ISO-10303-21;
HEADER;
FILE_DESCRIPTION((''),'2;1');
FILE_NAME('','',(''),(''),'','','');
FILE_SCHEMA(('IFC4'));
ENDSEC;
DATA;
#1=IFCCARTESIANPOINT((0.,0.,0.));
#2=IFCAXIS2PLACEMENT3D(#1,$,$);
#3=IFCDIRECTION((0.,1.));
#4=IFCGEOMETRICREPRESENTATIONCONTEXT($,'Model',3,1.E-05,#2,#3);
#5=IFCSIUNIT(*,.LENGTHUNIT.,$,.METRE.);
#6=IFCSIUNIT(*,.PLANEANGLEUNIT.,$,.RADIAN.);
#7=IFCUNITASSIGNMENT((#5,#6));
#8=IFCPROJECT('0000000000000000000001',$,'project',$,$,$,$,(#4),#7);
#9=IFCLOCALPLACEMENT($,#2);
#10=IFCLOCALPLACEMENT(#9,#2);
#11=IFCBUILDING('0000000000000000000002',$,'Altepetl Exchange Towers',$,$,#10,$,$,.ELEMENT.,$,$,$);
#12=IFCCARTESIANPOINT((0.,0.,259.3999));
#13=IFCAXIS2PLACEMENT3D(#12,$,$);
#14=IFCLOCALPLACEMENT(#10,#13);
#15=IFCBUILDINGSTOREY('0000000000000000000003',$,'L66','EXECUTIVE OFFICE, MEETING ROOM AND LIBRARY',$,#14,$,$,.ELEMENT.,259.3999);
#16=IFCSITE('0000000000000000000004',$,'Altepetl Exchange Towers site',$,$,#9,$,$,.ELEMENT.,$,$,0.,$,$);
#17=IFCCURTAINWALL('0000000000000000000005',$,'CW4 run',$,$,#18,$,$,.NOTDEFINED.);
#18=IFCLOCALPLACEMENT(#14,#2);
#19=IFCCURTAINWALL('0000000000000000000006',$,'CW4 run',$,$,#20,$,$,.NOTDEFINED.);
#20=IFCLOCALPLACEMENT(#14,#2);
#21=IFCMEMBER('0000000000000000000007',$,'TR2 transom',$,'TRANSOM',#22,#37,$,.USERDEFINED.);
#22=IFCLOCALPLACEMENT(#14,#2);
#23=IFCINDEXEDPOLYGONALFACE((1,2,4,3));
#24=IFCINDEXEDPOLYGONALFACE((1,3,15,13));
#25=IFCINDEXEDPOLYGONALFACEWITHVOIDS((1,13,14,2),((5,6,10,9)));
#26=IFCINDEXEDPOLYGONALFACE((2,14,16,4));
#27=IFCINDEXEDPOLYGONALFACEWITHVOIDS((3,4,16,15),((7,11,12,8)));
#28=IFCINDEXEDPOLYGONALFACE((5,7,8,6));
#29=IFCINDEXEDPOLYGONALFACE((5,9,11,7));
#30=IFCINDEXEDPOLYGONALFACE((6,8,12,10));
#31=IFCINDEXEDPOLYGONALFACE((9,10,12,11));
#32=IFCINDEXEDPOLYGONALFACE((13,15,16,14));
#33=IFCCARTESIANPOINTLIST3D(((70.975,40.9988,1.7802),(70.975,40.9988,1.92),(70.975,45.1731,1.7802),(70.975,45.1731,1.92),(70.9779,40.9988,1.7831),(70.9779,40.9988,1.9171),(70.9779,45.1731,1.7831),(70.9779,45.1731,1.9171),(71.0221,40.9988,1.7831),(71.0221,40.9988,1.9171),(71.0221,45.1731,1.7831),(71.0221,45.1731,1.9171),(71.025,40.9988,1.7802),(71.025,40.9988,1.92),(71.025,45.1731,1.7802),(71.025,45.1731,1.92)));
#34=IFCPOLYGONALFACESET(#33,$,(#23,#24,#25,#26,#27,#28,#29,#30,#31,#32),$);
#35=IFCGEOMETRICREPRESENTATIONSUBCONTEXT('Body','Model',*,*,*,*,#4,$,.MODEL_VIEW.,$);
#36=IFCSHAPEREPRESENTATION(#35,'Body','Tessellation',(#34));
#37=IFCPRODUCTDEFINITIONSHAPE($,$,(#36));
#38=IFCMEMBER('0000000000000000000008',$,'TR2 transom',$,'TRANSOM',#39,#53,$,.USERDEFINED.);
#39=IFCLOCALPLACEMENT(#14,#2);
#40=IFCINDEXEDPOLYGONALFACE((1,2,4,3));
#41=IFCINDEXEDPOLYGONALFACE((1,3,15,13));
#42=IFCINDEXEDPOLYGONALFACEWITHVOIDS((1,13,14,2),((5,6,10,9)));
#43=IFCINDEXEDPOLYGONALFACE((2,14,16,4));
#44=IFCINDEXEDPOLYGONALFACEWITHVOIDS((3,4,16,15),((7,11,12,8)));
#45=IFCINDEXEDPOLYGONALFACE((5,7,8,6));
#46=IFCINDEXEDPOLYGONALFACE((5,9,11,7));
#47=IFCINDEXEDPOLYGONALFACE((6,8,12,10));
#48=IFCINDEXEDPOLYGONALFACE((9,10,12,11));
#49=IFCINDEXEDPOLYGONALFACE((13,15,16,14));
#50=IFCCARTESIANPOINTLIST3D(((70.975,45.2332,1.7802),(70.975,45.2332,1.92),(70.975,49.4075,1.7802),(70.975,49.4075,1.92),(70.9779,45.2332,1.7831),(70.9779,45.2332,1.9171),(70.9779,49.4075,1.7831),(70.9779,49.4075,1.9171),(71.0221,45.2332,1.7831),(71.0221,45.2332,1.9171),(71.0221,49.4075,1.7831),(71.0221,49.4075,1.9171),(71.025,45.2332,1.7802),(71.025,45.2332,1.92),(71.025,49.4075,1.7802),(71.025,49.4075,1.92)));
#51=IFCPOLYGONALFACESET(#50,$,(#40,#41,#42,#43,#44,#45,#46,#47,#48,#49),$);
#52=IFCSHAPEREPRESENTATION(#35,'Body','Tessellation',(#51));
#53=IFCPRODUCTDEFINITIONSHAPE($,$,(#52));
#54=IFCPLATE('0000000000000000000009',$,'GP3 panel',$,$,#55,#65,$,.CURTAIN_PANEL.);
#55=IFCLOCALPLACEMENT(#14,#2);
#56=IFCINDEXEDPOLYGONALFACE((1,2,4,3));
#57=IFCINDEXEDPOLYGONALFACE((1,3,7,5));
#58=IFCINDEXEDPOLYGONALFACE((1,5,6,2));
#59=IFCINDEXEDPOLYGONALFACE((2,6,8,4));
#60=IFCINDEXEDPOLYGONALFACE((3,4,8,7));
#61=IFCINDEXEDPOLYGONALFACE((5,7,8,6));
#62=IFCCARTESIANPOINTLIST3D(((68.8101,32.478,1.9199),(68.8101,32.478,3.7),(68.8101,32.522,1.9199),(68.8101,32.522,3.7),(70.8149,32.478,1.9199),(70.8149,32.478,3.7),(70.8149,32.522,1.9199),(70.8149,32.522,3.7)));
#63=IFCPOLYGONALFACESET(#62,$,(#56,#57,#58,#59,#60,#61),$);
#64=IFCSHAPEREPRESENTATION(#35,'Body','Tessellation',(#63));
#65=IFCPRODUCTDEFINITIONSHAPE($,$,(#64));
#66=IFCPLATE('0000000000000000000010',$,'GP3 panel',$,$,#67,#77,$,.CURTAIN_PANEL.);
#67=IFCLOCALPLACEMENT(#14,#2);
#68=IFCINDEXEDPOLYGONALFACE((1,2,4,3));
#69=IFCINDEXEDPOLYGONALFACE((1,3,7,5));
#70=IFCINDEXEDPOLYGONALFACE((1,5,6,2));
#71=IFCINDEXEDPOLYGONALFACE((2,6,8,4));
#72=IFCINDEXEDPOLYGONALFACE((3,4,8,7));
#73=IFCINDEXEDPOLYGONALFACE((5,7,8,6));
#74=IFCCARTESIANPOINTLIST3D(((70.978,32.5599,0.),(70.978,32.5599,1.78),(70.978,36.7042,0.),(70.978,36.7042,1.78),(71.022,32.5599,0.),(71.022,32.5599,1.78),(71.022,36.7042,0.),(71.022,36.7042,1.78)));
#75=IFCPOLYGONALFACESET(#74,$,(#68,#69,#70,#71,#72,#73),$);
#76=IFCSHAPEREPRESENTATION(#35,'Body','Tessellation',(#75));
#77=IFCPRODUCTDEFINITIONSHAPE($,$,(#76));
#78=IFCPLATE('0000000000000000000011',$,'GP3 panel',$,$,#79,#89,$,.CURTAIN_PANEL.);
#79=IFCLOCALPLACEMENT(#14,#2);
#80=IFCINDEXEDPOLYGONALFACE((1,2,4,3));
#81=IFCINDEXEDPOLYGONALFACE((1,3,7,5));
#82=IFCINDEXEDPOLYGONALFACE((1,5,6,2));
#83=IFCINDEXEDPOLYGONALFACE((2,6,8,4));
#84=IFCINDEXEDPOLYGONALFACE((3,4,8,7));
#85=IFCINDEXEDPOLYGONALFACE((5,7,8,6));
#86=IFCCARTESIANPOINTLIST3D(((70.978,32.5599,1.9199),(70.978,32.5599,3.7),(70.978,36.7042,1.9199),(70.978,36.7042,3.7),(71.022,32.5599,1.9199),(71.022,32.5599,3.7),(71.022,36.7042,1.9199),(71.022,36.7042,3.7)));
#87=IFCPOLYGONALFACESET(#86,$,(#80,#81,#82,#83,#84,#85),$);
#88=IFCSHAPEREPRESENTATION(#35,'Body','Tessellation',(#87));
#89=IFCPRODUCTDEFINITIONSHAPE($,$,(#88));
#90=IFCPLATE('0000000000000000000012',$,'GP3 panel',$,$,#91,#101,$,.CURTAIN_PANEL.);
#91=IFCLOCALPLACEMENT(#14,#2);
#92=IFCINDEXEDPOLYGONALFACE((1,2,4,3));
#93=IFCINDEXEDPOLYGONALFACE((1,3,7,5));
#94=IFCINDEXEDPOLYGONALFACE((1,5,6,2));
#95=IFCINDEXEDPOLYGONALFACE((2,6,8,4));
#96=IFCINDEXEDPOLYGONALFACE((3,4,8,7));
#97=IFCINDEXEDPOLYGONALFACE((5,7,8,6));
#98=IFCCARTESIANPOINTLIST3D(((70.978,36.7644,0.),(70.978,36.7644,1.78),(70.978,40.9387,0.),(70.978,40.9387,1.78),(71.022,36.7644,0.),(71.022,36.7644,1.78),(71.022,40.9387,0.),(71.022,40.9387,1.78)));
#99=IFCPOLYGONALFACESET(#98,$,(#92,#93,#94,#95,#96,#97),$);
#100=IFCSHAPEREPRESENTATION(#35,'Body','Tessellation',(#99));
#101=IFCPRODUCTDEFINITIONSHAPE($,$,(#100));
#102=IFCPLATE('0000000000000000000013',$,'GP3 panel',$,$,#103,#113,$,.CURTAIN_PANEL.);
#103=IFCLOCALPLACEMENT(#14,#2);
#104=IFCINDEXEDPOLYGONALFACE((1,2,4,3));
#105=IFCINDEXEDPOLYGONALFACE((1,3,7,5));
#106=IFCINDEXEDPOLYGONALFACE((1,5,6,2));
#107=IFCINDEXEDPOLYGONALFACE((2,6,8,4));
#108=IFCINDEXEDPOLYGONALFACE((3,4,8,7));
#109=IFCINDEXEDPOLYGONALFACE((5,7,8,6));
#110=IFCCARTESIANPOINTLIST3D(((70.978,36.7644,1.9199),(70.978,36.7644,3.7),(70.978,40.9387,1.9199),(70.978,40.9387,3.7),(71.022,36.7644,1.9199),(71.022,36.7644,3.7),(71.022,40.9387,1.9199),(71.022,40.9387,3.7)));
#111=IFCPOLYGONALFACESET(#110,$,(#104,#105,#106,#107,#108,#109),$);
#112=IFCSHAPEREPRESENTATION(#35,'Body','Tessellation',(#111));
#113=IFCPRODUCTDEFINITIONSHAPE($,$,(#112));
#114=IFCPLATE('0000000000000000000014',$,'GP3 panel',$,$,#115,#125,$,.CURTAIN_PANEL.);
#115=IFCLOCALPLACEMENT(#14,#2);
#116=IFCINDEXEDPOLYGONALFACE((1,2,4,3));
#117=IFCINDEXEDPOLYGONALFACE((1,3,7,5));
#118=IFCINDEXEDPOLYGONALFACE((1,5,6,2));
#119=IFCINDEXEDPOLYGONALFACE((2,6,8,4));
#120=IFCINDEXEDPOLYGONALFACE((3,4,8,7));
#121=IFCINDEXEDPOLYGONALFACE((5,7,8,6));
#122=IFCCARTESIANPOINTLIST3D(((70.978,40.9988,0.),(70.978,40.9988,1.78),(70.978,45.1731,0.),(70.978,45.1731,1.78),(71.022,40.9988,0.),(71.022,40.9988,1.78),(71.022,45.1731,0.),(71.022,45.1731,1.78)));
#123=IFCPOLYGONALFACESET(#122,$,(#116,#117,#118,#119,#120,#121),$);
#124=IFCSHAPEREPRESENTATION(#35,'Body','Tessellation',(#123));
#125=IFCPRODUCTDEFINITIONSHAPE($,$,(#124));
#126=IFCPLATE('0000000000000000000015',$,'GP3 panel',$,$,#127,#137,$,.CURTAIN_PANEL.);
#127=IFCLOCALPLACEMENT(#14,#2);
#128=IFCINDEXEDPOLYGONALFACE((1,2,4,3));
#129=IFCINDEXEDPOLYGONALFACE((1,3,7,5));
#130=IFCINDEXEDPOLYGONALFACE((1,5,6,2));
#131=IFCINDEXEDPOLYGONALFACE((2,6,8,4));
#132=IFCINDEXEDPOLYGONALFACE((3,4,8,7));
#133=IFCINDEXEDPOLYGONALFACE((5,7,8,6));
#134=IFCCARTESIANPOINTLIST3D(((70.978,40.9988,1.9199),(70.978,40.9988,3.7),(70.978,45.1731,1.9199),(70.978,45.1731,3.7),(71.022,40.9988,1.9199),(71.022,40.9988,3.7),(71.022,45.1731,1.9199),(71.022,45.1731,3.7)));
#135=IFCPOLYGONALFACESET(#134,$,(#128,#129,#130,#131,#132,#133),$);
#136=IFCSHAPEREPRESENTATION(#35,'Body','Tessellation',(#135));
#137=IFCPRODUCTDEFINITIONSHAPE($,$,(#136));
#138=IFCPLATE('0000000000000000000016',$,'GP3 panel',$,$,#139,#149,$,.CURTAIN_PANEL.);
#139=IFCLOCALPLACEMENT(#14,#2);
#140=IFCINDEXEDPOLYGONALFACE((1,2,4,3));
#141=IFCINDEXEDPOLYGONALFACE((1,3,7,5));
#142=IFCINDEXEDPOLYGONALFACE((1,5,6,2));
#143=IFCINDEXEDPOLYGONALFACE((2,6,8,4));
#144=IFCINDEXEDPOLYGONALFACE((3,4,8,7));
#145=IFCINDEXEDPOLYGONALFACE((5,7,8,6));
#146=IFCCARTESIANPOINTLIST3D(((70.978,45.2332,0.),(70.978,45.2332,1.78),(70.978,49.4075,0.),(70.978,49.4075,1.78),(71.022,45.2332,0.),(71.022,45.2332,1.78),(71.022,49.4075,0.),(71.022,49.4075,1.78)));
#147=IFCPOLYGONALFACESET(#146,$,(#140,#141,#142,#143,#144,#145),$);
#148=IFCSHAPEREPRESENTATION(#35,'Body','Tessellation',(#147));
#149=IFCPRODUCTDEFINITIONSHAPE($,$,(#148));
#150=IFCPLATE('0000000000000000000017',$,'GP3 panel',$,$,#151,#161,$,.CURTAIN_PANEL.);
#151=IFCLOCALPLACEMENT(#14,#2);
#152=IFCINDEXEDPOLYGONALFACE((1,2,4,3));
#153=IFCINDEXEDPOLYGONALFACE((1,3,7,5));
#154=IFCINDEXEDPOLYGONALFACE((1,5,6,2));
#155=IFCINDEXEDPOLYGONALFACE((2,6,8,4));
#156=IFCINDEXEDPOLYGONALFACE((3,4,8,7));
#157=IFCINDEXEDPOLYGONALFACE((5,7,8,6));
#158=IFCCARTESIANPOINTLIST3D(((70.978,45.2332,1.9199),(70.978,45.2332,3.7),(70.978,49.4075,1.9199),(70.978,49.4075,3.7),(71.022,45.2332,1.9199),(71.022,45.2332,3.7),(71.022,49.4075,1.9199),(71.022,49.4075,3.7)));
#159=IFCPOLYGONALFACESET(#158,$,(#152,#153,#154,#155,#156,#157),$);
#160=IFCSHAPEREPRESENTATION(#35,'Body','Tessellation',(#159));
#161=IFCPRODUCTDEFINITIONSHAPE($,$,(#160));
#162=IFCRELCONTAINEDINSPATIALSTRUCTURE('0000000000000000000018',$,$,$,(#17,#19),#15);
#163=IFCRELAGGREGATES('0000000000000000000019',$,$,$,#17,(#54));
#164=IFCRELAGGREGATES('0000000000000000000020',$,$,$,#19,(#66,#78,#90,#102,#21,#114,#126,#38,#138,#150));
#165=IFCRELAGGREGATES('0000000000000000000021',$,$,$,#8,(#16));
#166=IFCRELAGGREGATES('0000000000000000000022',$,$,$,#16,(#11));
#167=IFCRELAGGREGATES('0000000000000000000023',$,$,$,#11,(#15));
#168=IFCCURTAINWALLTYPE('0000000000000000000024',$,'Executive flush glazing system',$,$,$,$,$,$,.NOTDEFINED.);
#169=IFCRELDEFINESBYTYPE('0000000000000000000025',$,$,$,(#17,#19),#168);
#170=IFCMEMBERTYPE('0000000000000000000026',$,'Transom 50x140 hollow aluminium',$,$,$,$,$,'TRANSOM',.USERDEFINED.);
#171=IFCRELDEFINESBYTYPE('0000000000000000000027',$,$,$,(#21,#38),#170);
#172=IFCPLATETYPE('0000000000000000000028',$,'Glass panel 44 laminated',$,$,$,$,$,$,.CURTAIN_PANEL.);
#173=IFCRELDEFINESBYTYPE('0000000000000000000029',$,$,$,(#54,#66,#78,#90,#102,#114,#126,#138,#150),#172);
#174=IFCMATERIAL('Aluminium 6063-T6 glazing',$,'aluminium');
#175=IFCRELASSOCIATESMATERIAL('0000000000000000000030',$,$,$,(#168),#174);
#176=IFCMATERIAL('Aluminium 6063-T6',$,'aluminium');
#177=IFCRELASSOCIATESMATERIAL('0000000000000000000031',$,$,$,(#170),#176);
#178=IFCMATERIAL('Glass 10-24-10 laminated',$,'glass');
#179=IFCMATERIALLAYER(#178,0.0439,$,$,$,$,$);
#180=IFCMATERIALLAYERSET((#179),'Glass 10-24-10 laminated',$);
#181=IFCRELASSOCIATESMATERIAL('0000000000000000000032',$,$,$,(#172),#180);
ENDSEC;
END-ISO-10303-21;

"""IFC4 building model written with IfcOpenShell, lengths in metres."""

from ifc_helpers import new_model, si_unit, direction, frame, origin, origin_2d, place, context, subcontext, project, spatial, rectangle, hollow_rectangle, extrude, material, layer, layer_set, material_profile, profile_set, type_object, element, aggregate, save


model = new_model("IFC4")

# Units and contexts
model_context = context("Model", 3, precision=1e-05, world=origin(), true_north=direction((0.0, 1.0)))
body_context = subcontext(model_context, "Body", "Model", "MODEL_VIEW")
ifc_project = project(units=[si_unit("LENGTHUNIT", "METRE"), si_unit("PLANEANGLEUNIT", "RADIAN")], contexts=[model_context])

# Site, building, storey
site_placement = place(None, origin())
site = spatial("IfcSite", under=ifc_project, at=site_placement, Name="Altepetl Exchange Towers site", CompositionType="ELEMENT", RefElevation=0.0)
building_placement = place(site_placement, origin())
building = spatial("IfcBuilding", under=site, at=building_placement, Name="Altepetl Exchange Towers", CompositionType="ELEMENT")
storey_placement = place(building_placement, frame((0.0, 0.0, 259.3999)))
storey = spatial("IfcBuildingStorey", under=building, at=storey_placement, Name="L66", Description="EXECUTIVE OFFICE, MEETING ROOM AND LIBRARY", CompositionType="ELEMENT", Elevation=259.3999)

# Curtain wall
ifc_material_1 = material(Name="Aluminium 6063-T6 glazing", Category="aluminium")
curtain_wall_type = type_object("IfcCurtainWallType", Name="Executive flush glazing system", PredefinedType="NOTDEFINED", material=ifc_material_1)
curtain_wall_1_placement = place(storey_placement, origin())
curtain_wall_1 = element("IfcCurtainWall", 1, at=curtain_wall_1_placement, inside=storey, type_object=curtain_wall_type, Name="CW4 run", PredefinedType="NOTDEFINED")
ifc_material_2 = material(Name="Aluminium 6063-T6", Category="aluminium")

# Curtain wall
curtain_wall_2_placement = place(storey_placement, origin())
curtain_wall_2 = element("IfcCurtainWall", 2, at=curtain_wall_2_placement, inside=storey, type_object=curtain_wall_type, Name="CW4 run", PredefinedType="NOTDEFINED")

# Members
ifc_material_profile_1 = material_profile(ifc_material_2, hollow_rectangle(XDim=0.05, YDim=0.1399, WallThickness=0.0029, at=origin_2d()), Name="Transom 50x140 hollow aluminium")
ifc_profile_set_1 = profile_set([ifc_material_profile_1], Name="Aluminium 6063-T6")
member_type_1 = type_object("IfcMemberType", Name="Transom 50x140 hollow aluminium", ElementType="TRANSOM", PredefinedType="USERDEFINED", material=ifc_profile_set_1)
member_1_placement = place(storey_placement, frame((71.0, 40.9988, 1.8501), z_axis=(0.0, 1.0, 0.0), x_axis=(-1.0, 0.0, 0.0)))
member_1 = element("IfcMember", 3, at=member_1_placement, type_object=member_type_1, Name="TR2 transom", ObjectType="TRANSOM", PredefinedType="USERDEFINED", context=body_context, shape_type="SweptSolid", body=[
    extrude(hollow_rectangle(XDim=0.05, YDim=0.1399, WallThickness=0.0029, at=origin_2d()), origin(), (0.0, 0.0, 1.0), 4.1743),
])
member_2_placement = place(storey_placement, frame((71.0, 45.2332, 1.8501), z_axis=(0.0, 1.0, 0.0), x_axis=(-1.0, 0.0, 0.0)))
member_2 = element("IfcMember", 4, at=member_2_placement, type_object=member_type_1, Name="TR2 transom", ObjectType="TRANSOM", PredefinedType="USERDEFINED", context=body_context, shape_type="SweptSolid", body=[
    extrude(hollow_rectangle(XDim=0.05, YDim=0.1399, WallThickness=0.0029, at=origin_2d()), origin(), (0.0, 0.0, 1.0), 4.1743),
])

# Plates
ifc_material_3 = material(Name="Glass 10-24-10 laminated", Category="glass")
ifc_layer = layer(ifc_material_3, 0.0439)
ifc_layer_set = layer_set([ifc_layer], Name="Glass 10-24-10 laminated")
plate_type = type_object("IfcPlateType", Name="Glass panel 44 laminated", PredefinedType="CURTAIN_PANEL", material=ifc_layer_set)
plate_1_placement = place(storey_placement, frame((69.8125, 32.5, 1.9199)))
plate_1 = element("IfcPlate", 5, at=plate_1_placement, type_object=plate_type, Name="GP3 panel", PredefinedType="CURTAIN_PANEL", context=body_context, shape_type="SweptSolid", body=[
    extrude(rectangle(XDim=2.0049, YDim=0.0439, at=origin_2d()), origin(), (0.0, 0.0, 1.0), 1.78),
])
aggregate(curtain_wall_1, [plate_1])
plate_2_placement = place(storey_placement, frame((71.0, 34.6321, 0.0), z_axis=(0.0, 0.0, 1.0), x_axis=(0.0, 1.0, 0.0)))
plate_2 = element("IfcPlate", 6, at=plate_2_placement, type_object=plate_type, Name="GP3 panel", PredefinedType="CURTAIN_PANEL", context=body_context, shape_type="SweptSolid", body=[
    extrude(rectangle(XDim=4.1443, YDim=0.0439, at=origin_2d()), origin(), (0.0, 0.0, 1.0), 1.78),
])
plate_3_placement = place(storey_placement, frame((71.0, 34.6321, 1.9199), z_axis=(0.0, 0.0, 1.0), x_axis=(0.0, 1.0, 0.0)))
plate_3 = element("IfcPlate", 7, at=plate_3_placement, type_object=plate_type, Name="GP3 panel", PredefinedType="CURTAIN_PANEL", context=body_context, shape_type="SweptSolid", body=[
    extrude(rectangle(XDim=4.1443, YDim=0.0439, at=origin_2d()), origin(), (0.0, 0.0, 1.0), 1.78),
])
plate_4_placement = place(storey_placement, frame((71.0, 38.8516, 0.0), z_axis=(0.0, 0.0, 1.0), x_axis=(0.0, 1.0, 0.0)))
plate_4 = element("IfcPlate", 8, at=plate_4_placement, type_object=plate_type, Name="GP3 panel", PredefinedType="CURTAIN_PANEL", context=body_context, shape_type="SweptSolid", body=[
    extrude(rectangle(XDim=4.1743, YDim=0.0439, at=origin_2d()), origin(), (0.0, 0.0, 1.0), 1.78),
])
plate_5_placement = place(storey_placement, frame((71.0, 38.8516, 1.9199), z_axis=(0.0, 0.0, 1.0), x_axis=(0.0, 1.0, 0.0)))
plate_5 = element("IfcPlate", 9, at=plate_5_placement, type_object=plate_type, Name="GP3 panel", PredefinedType="CURTAIN_PANEL", context=body_context, shape_type="SweptSolid", body=[
    extrude(rectangle(XDim=4.1743, YDim=0.0439, at=origin_2d()), origin(), (0.0, 0.0, 1.0), 1.78),
])
plate_6_placement = place(storey_placement, frame((71.0, 43.0859, 0.0), z_axis=(0.0, 0.0, 1.0), x_axis=(0.0, 1.0, 0.0)))
plate_6 = element("IfcPlate", 10, at=plate_6_placement, type_object=plate_type, Name="GP3 panel", PredefinedType="CURTAIN_PANEL", context=body_context, shape_type="SweptSolid", body=[
    extrude(rectangle(XDim=4.1743, YDim=0.0439, at=origin_2d()), origin(), (0.0, 0.0, 1.0), 1.78),
])
plate_7_placement = place(storey_placement, frame((71.0, 43.0859, 1.9199), z_axis=(0.0, 0.0, 1.0), x_axis=(0.0, 1.0, 0.0)))
plate_7 = element("IfcPlate", 11, at=plate_7_placement, type_object=plate_type, Name="GP3 panel", PredefinedType="CURTAIN_PANEL", context=body_context, shape_type="SweptSolid", body=[
    extrude(rectangle(XDim=4.1743, YDim=0.0439, at=origin_2d()), origin(), (0.0, 0.0, 1.0), 1.78),
])
plate_8_placement = place(storey_placement, frame((71.0, 47.3203, 0.0), z_axis=(0.0, 0.0, 1.0), x_axis=(0.0, 1.0, 0.0)))
plate_8 = element("IfcPlate", 12, at=plate_8_placement, type_object=plate_type, Name="GP3 panel", PredefinedType="CURTAIN_PANEL", context=body_context, shape_type="SweptSolid", body=[
    extrude(rectangle(XDim=4.1743, YDim=0.0439, at=origin_2d()), origin(), (0.0, 0.0, 1.0), 1.78),
])
plate_9_placement = place(storey_placement, frame((71.0, 47.3203, 1.9199), z_axis=(0.0, 0.0, 1.0), x_axis=(0.0, 1.0, 0.0)))
plate_9 = element("IfcPlate", 13, at=plate_9_placement, type_object=plate_type, Name="GP3 panel", PredefinedType="CURTAIN_PANEL", context=body_context, shape_type="SweptSolid", body=[
    extrude(rectangle(XDim=4.1743, YDim=0.0439, at=origin_2d()), origin(), (0.0, 0.0, 1.0), 1.78),
])
aggregate(curtain_wall_2, [plate_2, plate_3, plate_4, plate_5, member_1, plate_6, plate_7, member_2, plate_8, plate_9])

save(model, "model.ifc")
